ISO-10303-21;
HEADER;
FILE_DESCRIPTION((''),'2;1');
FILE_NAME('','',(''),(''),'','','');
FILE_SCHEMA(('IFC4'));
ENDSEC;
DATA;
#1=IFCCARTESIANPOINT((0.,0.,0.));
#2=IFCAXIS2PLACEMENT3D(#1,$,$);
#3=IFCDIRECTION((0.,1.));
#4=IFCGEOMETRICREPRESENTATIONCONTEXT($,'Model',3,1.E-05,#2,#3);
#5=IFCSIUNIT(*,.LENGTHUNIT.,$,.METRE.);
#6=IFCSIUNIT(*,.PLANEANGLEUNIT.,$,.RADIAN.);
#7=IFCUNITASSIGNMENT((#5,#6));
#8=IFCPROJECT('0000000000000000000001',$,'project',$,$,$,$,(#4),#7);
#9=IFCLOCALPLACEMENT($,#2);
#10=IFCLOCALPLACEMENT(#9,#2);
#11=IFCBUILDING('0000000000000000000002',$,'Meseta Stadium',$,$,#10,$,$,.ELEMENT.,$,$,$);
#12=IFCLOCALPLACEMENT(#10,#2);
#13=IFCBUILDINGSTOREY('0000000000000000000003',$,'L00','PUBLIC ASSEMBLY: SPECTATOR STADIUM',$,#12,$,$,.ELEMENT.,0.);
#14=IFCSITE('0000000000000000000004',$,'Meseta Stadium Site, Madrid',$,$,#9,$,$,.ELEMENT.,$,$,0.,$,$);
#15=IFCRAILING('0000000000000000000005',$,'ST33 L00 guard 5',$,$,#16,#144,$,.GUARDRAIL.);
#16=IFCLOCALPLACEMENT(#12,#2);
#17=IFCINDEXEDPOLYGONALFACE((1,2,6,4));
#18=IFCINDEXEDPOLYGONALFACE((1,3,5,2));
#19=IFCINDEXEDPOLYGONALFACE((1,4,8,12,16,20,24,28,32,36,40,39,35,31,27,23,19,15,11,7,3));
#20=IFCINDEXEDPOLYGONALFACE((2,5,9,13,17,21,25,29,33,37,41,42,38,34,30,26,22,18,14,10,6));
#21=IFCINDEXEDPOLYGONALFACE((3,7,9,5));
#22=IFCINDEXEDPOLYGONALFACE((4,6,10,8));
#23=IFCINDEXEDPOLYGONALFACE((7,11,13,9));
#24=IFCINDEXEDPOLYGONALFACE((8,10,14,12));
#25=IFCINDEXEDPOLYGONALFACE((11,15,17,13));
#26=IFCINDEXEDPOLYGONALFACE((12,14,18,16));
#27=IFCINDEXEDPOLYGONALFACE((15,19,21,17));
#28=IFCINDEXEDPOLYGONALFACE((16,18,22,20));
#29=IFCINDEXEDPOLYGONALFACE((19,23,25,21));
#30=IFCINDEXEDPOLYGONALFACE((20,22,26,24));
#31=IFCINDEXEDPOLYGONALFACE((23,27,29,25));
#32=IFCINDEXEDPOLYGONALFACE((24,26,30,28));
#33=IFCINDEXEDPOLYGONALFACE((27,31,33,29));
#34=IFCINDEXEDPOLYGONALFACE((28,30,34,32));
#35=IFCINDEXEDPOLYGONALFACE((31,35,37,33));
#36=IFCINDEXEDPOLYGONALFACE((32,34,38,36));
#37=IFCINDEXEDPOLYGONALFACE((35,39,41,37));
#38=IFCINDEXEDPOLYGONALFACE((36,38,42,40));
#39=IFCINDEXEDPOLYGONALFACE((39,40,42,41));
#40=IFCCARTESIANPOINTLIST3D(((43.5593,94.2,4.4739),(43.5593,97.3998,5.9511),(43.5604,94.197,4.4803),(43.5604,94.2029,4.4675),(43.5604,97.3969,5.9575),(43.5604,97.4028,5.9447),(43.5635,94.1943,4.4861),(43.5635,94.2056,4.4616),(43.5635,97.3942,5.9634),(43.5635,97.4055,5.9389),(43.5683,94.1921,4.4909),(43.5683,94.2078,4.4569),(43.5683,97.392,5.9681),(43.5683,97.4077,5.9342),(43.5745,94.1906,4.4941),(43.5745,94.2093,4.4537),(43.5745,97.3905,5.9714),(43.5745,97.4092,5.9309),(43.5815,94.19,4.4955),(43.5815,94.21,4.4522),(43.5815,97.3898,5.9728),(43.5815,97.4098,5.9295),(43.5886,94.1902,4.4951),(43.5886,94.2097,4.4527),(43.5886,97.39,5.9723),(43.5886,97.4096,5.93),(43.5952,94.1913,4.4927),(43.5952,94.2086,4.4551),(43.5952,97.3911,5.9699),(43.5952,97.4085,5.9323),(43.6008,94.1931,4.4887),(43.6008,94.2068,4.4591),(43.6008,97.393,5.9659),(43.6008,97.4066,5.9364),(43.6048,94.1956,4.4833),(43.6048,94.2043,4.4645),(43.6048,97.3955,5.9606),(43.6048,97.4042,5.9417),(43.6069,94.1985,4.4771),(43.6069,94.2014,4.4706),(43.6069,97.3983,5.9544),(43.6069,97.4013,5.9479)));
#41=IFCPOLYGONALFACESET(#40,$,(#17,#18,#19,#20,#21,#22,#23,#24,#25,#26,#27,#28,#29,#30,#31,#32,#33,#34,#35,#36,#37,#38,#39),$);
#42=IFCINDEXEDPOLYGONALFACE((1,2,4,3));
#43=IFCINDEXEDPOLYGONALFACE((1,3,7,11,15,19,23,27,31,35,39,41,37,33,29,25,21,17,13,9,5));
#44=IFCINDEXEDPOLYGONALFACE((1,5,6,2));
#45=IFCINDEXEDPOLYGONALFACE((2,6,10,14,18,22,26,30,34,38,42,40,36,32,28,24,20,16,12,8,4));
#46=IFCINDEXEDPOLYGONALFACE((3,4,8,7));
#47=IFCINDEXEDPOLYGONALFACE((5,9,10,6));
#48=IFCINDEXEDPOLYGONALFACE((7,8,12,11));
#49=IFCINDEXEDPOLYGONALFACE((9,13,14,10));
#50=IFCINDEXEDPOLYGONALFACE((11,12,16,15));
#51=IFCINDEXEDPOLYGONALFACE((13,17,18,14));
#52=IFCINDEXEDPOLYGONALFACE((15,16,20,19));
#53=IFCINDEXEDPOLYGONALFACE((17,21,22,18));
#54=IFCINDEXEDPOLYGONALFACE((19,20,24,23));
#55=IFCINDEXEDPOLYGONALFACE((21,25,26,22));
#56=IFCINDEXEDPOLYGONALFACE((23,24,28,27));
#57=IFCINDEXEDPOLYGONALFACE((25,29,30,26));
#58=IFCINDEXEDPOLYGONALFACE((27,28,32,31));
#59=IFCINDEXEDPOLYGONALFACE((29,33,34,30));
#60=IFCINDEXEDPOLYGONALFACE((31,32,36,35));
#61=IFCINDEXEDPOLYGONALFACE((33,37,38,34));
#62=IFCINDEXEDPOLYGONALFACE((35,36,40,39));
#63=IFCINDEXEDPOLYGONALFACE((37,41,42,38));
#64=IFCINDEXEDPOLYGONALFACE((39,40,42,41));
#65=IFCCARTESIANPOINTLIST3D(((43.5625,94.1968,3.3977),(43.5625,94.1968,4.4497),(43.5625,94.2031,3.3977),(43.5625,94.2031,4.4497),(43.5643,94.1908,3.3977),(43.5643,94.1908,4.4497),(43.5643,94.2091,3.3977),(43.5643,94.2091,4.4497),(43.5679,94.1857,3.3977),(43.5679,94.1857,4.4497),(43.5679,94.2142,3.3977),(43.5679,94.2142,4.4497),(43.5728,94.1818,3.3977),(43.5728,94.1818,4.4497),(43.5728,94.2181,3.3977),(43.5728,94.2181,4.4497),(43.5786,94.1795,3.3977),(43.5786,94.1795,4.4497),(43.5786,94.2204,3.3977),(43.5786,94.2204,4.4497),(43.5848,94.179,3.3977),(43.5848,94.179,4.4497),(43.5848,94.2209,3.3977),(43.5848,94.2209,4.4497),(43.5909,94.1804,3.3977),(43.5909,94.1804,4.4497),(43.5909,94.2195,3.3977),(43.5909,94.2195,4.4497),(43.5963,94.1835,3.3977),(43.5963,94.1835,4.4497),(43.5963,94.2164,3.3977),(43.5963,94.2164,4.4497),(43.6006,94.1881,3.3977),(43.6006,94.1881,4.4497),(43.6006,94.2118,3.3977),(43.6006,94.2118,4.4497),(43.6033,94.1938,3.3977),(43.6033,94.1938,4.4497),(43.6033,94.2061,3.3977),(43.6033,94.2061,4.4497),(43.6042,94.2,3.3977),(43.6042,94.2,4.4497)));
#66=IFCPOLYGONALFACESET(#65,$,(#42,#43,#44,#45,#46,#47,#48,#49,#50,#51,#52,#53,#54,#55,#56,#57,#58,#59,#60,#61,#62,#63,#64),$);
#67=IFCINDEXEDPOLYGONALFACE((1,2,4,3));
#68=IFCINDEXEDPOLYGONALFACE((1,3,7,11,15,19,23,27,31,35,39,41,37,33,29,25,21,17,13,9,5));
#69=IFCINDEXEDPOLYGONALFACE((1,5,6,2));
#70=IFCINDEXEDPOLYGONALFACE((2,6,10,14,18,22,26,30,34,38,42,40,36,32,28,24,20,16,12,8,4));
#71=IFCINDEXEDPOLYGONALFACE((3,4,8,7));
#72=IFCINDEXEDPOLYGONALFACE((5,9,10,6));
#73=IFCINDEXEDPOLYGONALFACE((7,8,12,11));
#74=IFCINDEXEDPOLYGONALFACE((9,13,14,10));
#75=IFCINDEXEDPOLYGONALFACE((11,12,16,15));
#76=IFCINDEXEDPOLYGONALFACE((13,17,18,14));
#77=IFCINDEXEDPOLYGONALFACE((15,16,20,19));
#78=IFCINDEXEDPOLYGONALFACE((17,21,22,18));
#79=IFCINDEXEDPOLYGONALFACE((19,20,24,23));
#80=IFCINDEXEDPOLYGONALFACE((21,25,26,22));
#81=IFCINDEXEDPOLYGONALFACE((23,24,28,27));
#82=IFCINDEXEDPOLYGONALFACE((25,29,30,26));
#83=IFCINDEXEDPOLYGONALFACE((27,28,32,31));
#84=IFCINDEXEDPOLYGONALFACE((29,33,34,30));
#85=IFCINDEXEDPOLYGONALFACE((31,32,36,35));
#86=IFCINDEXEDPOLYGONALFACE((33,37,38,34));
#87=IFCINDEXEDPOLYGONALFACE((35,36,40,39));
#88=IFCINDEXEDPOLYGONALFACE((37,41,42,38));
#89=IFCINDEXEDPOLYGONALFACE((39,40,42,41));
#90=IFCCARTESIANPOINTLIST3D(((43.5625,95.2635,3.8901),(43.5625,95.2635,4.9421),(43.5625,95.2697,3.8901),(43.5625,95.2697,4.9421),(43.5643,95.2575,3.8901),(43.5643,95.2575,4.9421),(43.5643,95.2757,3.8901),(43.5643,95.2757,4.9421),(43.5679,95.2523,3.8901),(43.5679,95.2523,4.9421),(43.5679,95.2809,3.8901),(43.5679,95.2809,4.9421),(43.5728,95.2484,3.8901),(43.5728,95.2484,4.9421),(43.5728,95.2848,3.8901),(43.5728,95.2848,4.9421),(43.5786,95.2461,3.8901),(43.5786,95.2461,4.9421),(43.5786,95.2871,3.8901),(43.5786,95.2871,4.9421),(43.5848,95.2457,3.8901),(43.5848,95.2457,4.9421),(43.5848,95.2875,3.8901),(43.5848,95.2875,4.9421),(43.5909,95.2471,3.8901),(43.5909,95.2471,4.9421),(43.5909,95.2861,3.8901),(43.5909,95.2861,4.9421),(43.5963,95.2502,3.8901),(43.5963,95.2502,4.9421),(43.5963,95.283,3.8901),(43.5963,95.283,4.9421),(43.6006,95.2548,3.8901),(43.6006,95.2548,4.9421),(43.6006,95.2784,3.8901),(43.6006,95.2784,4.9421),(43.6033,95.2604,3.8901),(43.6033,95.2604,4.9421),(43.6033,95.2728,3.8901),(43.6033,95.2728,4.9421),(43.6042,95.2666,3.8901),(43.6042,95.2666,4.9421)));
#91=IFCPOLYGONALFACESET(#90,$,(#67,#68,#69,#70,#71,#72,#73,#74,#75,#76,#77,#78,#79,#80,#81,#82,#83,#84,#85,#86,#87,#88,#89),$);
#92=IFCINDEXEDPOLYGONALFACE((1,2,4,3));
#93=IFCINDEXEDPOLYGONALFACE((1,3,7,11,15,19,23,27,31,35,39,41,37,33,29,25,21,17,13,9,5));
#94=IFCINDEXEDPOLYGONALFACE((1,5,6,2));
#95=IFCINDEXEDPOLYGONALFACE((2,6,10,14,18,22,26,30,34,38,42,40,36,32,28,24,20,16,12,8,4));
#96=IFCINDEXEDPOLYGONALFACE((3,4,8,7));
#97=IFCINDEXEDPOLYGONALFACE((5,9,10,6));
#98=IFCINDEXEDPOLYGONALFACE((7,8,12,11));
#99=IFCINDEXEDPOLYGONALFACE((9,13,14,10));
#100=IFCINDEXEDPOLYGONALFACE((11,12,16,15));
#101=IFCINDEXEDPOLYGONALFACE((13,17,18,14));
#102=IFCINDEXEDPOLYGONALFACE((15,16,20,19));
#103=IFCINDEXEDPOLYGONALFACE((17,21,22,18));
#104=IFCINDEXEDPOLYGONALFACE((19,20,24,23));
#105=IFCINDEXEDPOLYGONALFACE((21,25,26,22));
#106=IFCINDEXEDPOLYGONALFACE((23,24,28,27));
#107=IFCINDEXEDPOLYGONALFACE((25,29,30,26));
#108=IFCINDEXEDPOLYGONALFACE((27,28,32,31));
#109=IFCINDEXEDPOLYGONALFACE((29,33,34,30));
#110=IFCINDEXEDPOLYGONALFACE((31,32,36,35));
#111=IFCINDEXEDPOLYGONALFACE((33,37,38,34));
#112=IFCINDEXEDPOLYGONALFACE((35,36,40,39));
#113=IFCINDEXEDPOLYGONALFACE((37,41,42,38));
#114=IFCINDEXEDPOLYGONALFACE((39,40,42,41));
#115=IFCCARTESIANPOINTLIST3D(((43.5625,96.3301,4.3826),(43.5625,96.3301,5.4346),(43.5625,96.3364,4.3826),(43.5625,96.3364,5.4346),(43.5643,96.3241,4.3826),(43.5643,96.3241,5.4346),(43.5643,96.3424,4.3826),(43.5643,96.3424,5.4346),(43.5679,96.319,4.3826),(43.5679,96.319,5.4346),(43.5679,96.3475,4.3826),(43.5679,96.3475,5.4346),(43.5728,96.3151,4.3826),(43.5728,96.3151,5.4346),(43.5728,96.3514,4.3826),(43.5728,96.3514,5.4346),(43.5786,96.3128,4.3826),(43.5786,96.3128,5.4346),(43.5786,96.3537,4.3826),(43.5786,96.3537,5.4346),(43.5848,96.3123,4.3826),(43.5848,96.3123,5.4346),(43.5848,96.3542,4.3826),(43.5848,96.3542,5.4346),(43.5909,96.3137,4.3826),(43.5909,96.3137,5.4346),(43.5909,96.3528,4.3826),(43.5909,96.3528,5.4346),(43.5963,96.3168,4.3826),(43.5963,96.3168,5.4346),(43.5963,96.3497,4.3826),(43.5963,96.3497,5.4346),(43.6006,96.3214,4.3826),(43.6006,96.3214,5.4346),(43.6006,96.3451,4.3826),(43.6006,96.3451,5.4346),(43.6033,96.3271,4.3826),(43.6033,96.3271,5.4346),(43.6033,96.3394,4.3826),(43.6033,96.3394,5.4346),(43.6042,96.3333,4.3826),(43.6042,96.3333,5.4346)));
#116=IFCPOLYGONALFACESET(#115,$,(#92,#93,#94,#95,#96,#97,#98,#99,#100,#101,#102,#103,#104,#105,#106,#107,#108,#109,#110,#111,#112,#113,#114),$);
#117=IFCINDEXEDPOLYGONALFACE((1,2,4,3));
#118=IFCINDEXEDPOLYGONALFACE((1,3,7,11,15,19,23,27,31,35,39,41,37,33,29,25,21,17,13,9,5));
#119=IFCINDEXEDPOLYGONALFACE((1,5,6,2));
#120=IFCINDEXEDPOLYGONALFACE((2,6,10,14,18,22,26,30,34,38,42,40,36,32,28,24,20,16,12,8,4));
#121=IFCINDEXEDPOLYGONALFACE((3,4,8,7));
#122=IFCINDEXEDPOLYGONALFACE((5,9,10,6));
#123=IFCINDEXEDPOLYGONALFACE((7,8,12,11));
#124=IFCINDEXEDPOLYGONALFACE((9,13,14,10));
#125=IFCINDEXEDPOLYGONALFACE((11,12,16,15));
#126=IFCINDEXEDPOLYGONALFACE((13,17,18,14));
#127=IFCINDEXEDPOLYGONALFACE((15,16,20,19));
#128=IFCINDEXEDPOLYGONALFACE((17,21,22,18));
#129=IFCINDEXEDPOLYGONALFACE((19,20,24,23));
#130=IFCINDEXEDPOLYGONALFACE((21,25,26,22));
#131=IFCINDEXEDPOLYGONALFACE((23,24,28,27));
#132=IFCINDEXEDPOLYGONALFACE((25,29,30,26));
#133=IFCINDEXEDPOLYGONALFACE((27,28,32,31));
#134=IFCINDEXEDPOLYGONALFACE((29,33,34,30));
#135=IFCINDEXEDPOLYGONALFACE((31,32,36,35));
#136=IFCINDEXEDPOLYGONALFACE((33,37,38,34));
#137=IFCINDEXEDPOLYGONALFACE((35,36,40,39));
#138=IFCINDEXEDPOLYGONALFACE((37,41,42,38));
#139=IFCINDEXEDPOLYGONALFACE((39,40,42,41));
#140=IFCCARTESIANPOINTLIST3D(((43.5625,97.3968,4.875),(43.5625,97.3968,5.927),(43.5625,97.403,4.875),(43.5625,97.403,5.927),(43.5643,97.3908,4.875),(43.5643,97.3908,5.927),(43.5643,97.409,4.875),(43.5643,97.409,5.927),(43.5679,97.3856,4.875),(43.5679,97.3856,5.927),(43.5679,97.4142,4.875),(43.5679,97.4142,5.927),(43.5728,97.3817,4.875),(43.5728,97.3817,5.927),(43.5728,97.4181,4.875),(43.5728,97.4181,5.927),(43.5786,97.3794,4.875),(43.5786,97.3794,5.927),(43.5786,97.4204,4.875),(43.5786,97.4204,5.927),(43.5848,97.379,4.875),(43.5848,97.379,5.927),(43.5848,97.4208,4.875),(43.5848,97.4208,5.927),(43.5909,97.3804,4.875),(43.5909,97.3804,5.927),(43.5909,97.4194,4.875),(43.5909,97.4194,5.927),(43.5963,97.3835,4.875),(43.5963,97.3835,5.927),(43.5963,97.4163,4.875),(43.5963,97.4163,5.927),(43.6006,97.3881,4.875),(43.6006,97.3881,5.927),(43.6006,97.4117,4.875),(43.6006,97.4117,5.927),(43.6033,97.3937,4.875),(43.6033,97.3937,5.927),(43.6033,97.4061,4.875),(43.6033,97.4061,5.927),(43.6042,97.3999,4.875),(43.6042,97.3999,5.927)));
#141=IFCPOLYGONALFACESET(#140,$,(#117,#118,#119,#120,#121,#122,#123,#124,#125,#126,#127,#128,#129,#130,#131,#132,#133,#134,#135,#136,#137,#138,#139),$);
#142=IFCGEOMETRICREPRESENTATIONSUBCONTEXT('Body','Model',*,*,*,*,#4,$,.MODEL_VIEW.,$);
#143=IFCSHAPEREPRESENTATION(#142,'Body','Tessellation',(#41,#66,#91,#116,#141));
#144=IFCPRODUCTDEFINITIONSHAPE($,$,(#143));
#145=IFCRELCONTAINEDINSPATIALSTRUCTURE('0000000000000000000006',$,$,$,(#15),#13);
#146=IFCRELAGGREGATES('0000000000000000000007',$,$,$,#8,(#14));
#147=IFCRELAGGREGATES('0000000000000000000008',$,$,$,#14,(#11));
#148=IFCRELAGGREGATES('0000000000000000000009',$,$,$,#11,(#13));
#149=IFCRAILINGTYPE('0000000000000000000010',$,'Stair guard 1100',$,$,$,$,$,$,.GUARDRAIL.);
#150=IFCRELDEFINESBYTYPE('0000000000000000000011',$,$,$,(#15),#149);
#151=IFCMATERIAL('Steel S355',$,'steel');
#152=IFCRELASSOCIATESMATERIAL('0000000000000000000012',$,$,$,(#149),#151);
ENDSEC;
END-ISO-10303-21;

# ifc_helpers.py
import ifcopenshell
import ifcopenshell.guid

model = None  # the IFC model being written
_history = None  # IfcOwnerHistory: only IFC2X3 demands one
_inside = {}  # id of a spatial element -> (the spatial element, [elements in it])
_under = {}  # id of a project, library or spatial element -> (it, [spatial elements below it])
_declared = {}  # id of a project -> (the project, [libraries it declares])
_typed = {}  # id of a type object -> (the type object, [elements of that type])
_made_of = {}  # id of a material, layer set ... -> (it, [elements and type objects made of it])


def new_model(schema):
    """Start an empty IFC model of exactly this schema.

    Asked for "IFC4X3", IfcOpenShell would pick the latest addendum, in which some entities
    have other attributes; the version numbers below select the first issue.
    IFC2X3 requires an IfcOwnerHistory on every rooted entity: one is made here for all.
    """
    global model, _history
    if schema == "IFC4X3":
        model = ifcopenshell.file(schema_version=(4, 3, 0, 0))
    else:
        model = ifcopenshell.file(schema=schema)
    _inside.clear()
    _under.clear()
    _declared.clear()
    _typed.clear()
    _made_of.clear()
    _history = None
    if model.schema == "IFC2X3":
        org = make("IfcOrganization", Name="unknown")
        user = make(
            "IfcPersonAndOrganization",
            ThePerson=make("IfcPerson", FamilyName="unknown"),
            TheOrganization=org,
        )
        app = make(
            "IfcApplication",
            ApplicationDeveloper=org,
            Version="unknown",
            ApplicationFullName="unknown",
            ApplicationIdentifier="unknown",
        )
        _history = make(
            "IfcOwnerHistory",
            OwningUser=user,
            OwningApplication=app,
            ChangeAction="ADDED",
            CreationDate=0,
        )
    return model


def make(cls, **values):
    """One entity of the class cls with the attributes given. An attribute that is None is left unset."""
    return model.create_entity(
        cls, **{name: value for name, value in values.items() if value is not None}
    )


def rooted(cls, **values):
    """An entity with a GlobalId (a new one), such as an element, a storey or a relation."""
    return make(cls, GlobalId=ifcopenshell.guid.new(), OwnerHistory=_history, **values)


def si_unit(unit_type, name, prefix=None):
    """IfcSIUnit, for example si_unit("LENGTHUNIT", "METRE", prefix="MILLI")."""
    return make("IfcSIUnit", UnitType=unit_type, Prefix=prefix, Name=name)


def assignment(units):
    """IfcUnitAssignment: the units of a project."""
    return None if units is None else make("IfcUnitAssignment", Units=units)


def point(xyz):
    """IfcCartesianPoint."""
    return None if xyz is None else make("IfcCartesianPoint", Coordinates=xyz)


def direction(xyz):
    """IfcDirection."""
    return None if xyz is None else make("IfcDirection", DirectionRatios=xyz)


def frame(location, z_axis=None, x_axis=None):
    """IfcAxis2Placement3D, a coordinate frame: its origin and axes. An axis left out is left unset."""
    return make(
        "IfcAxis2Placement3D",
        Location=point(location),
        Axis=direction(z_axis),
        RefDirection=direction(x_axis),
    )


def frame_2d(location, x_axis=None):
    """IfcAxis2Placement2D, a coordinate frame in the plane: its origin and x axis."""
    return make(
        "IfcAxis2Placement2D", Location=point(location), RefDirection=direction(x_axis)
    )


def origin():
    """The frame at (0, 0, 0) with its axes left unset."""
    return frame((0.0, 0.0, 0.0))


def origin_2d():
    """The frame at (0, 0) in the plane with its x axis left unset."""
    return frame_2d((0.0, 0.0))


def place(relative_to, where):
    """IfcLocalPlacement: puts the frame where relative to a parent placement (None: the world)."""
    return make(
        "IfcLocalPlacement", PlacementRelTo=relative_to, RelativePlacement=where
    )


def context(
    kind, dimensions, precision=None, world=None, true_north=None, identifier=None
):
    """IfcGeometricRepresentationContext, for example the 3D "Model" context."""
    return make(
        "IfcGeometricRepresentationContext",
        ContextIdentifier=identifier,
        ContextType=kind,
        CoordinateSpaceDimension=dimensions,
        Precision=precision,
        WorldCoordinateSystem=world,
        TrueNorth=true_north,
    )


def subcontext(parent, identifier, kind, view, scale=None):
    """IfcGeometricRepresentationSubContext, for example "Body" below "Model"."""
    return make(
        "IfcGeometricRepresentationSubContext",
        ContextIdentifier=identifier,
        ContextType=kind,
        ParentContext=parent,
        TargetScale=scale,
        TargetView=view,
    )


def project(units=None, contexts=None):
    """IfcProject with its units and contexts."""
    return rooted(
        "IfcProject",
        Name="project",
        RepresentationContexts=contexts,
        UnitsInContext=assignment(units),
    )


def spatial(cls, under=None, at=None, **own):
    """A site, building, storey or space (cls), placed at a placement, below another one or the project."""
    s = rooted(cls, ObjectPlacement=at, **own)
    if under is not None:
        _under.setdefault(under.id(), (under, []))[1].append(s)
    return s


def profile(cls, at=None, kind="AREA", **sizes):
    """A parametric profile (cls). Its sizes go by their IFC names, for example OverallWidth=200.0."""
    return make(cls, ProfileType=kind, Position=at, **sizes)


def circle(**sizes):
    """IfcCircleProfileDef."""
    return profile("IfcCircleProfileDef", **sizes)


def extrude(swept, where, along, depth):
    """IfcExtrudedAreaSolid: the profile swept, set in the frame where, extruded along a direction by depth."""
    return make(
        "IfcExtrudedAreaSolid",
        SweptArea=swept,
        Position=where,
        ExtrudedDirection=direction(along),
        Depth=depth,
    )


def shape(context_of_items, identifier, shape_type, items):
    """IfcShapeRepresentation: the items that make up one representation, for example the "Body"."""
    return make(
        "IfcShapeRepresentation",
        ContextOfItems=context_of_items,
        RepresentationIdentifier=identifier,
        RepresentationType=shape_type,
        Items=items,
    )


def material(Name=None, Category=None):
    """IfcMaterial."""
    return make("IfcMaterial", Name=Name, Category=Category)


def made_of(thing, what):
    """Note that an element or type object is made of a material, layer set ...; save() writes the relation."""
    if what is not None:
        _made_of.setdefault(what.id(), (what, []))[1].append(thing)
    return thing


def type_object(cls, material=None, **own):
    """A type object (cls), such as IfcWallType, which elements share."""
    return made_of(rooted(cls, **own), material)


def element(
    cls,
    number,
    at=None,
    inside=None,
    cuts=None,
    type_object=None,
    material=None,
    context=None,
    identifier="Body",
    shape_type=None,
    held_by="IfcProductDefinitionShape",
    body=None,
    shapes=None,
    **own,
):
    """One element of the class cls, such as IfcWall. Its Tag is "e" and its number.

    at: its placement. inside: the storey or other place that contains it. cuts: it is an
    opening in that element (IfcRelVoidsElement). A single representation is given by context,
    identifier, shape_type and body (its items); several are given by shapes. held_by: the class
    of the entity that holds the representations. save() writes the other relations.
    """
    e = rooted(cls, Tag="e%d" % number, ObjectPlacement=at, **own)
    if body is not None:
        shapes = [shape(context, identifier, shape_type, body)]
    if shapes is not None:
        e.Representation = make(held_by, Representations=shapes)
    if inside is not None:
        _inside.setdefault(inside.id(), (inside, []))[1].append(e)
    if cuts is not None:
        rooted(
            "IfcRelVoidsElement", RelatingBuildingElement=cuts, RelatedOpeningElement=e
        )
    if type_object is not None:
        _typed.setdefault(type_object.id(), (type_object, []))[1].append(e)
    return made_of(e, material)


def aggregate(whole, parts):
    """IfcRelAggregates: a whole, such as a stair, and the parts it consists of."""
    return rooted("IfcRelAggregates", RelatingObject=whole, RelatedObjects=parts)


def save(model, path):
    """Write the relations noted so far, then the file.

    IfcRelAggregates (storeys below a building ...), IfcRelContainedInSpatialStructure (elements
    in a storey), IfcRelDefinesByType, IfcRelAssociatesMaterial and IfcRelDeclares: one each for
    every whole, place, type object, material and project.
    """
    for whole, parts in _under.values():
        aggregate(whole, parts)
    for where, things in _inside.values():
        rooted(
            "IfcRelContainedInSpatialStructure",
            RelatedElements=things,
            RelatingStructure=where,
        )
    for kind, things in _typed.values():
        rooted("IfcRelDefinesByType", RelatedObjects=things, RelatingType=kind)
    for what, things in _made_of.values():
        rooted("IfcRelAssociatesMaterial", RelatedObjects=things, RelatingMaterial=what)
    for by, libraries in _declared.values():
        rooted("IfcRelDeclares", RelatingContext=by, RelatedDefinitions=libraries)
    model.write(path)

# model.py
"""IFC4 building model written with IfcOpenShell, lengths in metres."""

from ifc_helpers import new_model, si_unit, direction, frame, origin, origin_2d, place, context, subcontext, project, spatial, circle, extrude, material, type_object, element, save


model = new_model("IFC4")

# Units and contexts
model_context = context("Model", 3, precision=1e-05, world=origin(), true_north=direction((0.0, 1.0)))
body_context = subcontext(model_context, "Body", "Model", "MODEL_VIEW")
ifc_project = project(units=[si_unit("LENGTHUNIT", "METRE"), si_unit("PLANEANGLEUNIT", "RADIAN")], contexts=[model_context])

# Site, building, storey
site_placement = place(None, origin())
site = spatial("IfcSite", under=ifc_project, at=site_placement, Name="Meseta Stadium Site, Madrid", CompositionType="ELEMENT", RefElevation=0.0)
building_placement = place(site_placement, origin())
building = spatial("IfcBuilding", under=site, at=building_placement, Name="Meseta Stadium", CompositionType="ELEMENT")
storey_placement = place(building_placement, origin())
storey = spatial("IfcBuildingStorey", under=building, at=storey_placement, Name="L00", Description="PUBLIC ASSEMBLY: SPECTATOR STADIUM", CompositionType="ELEMENT", Elevation=0.0)

# Railing
ifc_material_1 = material(Name="Steel S355", Category="steel")
railing_type_1 = type_object("IfcRailingType", Name="Stair guard 1100", PredefinedType="GUARDRAIL", material=ifc_material_1)
railing_1_placement = place(storey_placement, frame((43.5833, 94.2, 3.3977)))
element("IfcRailing", 1, at=railing_1_placement, inside=storey, type_object=railing_type_1, Name="ST33 L00 guard 5", PredefinedType="GUARDRAIL", context=body_context, shape_type="SweptSolid", body=[
    extrude(circle(Radius=0.0239, at=origin_2d()), frame((0.0, 0.0, 1.0762), z_axis=(0.0, 0.907917, 0.41915), x_axis=(-1.0, 0.0, 0.0)), (0.0, 0.0, 1.0), 3.5244),
    extrude(circle(Radius=0.021, at=origin_2d()), origin(), (0.0, 0.0, 1.0), 1.052),
    extrude(circle(Radius=0.021, at=origin_2d()), frame((0.0, 1.0667, 0.4924)), (0.0, 0.0, 1.0), 1.052),
    extrude(circle(Radius=0.021, at=origin_2d()), frame((0.0, 2.1333, 0.9849)), (0.0, 0.0, 1.0), 1.052),
    extrude(circle(Radius=0.021, at=origin_2d()), frame((0.0, 3.2, 1.4773)), (0.0, 0.0, 1.0), 1.052),
])

save(model, "model.ifc")
